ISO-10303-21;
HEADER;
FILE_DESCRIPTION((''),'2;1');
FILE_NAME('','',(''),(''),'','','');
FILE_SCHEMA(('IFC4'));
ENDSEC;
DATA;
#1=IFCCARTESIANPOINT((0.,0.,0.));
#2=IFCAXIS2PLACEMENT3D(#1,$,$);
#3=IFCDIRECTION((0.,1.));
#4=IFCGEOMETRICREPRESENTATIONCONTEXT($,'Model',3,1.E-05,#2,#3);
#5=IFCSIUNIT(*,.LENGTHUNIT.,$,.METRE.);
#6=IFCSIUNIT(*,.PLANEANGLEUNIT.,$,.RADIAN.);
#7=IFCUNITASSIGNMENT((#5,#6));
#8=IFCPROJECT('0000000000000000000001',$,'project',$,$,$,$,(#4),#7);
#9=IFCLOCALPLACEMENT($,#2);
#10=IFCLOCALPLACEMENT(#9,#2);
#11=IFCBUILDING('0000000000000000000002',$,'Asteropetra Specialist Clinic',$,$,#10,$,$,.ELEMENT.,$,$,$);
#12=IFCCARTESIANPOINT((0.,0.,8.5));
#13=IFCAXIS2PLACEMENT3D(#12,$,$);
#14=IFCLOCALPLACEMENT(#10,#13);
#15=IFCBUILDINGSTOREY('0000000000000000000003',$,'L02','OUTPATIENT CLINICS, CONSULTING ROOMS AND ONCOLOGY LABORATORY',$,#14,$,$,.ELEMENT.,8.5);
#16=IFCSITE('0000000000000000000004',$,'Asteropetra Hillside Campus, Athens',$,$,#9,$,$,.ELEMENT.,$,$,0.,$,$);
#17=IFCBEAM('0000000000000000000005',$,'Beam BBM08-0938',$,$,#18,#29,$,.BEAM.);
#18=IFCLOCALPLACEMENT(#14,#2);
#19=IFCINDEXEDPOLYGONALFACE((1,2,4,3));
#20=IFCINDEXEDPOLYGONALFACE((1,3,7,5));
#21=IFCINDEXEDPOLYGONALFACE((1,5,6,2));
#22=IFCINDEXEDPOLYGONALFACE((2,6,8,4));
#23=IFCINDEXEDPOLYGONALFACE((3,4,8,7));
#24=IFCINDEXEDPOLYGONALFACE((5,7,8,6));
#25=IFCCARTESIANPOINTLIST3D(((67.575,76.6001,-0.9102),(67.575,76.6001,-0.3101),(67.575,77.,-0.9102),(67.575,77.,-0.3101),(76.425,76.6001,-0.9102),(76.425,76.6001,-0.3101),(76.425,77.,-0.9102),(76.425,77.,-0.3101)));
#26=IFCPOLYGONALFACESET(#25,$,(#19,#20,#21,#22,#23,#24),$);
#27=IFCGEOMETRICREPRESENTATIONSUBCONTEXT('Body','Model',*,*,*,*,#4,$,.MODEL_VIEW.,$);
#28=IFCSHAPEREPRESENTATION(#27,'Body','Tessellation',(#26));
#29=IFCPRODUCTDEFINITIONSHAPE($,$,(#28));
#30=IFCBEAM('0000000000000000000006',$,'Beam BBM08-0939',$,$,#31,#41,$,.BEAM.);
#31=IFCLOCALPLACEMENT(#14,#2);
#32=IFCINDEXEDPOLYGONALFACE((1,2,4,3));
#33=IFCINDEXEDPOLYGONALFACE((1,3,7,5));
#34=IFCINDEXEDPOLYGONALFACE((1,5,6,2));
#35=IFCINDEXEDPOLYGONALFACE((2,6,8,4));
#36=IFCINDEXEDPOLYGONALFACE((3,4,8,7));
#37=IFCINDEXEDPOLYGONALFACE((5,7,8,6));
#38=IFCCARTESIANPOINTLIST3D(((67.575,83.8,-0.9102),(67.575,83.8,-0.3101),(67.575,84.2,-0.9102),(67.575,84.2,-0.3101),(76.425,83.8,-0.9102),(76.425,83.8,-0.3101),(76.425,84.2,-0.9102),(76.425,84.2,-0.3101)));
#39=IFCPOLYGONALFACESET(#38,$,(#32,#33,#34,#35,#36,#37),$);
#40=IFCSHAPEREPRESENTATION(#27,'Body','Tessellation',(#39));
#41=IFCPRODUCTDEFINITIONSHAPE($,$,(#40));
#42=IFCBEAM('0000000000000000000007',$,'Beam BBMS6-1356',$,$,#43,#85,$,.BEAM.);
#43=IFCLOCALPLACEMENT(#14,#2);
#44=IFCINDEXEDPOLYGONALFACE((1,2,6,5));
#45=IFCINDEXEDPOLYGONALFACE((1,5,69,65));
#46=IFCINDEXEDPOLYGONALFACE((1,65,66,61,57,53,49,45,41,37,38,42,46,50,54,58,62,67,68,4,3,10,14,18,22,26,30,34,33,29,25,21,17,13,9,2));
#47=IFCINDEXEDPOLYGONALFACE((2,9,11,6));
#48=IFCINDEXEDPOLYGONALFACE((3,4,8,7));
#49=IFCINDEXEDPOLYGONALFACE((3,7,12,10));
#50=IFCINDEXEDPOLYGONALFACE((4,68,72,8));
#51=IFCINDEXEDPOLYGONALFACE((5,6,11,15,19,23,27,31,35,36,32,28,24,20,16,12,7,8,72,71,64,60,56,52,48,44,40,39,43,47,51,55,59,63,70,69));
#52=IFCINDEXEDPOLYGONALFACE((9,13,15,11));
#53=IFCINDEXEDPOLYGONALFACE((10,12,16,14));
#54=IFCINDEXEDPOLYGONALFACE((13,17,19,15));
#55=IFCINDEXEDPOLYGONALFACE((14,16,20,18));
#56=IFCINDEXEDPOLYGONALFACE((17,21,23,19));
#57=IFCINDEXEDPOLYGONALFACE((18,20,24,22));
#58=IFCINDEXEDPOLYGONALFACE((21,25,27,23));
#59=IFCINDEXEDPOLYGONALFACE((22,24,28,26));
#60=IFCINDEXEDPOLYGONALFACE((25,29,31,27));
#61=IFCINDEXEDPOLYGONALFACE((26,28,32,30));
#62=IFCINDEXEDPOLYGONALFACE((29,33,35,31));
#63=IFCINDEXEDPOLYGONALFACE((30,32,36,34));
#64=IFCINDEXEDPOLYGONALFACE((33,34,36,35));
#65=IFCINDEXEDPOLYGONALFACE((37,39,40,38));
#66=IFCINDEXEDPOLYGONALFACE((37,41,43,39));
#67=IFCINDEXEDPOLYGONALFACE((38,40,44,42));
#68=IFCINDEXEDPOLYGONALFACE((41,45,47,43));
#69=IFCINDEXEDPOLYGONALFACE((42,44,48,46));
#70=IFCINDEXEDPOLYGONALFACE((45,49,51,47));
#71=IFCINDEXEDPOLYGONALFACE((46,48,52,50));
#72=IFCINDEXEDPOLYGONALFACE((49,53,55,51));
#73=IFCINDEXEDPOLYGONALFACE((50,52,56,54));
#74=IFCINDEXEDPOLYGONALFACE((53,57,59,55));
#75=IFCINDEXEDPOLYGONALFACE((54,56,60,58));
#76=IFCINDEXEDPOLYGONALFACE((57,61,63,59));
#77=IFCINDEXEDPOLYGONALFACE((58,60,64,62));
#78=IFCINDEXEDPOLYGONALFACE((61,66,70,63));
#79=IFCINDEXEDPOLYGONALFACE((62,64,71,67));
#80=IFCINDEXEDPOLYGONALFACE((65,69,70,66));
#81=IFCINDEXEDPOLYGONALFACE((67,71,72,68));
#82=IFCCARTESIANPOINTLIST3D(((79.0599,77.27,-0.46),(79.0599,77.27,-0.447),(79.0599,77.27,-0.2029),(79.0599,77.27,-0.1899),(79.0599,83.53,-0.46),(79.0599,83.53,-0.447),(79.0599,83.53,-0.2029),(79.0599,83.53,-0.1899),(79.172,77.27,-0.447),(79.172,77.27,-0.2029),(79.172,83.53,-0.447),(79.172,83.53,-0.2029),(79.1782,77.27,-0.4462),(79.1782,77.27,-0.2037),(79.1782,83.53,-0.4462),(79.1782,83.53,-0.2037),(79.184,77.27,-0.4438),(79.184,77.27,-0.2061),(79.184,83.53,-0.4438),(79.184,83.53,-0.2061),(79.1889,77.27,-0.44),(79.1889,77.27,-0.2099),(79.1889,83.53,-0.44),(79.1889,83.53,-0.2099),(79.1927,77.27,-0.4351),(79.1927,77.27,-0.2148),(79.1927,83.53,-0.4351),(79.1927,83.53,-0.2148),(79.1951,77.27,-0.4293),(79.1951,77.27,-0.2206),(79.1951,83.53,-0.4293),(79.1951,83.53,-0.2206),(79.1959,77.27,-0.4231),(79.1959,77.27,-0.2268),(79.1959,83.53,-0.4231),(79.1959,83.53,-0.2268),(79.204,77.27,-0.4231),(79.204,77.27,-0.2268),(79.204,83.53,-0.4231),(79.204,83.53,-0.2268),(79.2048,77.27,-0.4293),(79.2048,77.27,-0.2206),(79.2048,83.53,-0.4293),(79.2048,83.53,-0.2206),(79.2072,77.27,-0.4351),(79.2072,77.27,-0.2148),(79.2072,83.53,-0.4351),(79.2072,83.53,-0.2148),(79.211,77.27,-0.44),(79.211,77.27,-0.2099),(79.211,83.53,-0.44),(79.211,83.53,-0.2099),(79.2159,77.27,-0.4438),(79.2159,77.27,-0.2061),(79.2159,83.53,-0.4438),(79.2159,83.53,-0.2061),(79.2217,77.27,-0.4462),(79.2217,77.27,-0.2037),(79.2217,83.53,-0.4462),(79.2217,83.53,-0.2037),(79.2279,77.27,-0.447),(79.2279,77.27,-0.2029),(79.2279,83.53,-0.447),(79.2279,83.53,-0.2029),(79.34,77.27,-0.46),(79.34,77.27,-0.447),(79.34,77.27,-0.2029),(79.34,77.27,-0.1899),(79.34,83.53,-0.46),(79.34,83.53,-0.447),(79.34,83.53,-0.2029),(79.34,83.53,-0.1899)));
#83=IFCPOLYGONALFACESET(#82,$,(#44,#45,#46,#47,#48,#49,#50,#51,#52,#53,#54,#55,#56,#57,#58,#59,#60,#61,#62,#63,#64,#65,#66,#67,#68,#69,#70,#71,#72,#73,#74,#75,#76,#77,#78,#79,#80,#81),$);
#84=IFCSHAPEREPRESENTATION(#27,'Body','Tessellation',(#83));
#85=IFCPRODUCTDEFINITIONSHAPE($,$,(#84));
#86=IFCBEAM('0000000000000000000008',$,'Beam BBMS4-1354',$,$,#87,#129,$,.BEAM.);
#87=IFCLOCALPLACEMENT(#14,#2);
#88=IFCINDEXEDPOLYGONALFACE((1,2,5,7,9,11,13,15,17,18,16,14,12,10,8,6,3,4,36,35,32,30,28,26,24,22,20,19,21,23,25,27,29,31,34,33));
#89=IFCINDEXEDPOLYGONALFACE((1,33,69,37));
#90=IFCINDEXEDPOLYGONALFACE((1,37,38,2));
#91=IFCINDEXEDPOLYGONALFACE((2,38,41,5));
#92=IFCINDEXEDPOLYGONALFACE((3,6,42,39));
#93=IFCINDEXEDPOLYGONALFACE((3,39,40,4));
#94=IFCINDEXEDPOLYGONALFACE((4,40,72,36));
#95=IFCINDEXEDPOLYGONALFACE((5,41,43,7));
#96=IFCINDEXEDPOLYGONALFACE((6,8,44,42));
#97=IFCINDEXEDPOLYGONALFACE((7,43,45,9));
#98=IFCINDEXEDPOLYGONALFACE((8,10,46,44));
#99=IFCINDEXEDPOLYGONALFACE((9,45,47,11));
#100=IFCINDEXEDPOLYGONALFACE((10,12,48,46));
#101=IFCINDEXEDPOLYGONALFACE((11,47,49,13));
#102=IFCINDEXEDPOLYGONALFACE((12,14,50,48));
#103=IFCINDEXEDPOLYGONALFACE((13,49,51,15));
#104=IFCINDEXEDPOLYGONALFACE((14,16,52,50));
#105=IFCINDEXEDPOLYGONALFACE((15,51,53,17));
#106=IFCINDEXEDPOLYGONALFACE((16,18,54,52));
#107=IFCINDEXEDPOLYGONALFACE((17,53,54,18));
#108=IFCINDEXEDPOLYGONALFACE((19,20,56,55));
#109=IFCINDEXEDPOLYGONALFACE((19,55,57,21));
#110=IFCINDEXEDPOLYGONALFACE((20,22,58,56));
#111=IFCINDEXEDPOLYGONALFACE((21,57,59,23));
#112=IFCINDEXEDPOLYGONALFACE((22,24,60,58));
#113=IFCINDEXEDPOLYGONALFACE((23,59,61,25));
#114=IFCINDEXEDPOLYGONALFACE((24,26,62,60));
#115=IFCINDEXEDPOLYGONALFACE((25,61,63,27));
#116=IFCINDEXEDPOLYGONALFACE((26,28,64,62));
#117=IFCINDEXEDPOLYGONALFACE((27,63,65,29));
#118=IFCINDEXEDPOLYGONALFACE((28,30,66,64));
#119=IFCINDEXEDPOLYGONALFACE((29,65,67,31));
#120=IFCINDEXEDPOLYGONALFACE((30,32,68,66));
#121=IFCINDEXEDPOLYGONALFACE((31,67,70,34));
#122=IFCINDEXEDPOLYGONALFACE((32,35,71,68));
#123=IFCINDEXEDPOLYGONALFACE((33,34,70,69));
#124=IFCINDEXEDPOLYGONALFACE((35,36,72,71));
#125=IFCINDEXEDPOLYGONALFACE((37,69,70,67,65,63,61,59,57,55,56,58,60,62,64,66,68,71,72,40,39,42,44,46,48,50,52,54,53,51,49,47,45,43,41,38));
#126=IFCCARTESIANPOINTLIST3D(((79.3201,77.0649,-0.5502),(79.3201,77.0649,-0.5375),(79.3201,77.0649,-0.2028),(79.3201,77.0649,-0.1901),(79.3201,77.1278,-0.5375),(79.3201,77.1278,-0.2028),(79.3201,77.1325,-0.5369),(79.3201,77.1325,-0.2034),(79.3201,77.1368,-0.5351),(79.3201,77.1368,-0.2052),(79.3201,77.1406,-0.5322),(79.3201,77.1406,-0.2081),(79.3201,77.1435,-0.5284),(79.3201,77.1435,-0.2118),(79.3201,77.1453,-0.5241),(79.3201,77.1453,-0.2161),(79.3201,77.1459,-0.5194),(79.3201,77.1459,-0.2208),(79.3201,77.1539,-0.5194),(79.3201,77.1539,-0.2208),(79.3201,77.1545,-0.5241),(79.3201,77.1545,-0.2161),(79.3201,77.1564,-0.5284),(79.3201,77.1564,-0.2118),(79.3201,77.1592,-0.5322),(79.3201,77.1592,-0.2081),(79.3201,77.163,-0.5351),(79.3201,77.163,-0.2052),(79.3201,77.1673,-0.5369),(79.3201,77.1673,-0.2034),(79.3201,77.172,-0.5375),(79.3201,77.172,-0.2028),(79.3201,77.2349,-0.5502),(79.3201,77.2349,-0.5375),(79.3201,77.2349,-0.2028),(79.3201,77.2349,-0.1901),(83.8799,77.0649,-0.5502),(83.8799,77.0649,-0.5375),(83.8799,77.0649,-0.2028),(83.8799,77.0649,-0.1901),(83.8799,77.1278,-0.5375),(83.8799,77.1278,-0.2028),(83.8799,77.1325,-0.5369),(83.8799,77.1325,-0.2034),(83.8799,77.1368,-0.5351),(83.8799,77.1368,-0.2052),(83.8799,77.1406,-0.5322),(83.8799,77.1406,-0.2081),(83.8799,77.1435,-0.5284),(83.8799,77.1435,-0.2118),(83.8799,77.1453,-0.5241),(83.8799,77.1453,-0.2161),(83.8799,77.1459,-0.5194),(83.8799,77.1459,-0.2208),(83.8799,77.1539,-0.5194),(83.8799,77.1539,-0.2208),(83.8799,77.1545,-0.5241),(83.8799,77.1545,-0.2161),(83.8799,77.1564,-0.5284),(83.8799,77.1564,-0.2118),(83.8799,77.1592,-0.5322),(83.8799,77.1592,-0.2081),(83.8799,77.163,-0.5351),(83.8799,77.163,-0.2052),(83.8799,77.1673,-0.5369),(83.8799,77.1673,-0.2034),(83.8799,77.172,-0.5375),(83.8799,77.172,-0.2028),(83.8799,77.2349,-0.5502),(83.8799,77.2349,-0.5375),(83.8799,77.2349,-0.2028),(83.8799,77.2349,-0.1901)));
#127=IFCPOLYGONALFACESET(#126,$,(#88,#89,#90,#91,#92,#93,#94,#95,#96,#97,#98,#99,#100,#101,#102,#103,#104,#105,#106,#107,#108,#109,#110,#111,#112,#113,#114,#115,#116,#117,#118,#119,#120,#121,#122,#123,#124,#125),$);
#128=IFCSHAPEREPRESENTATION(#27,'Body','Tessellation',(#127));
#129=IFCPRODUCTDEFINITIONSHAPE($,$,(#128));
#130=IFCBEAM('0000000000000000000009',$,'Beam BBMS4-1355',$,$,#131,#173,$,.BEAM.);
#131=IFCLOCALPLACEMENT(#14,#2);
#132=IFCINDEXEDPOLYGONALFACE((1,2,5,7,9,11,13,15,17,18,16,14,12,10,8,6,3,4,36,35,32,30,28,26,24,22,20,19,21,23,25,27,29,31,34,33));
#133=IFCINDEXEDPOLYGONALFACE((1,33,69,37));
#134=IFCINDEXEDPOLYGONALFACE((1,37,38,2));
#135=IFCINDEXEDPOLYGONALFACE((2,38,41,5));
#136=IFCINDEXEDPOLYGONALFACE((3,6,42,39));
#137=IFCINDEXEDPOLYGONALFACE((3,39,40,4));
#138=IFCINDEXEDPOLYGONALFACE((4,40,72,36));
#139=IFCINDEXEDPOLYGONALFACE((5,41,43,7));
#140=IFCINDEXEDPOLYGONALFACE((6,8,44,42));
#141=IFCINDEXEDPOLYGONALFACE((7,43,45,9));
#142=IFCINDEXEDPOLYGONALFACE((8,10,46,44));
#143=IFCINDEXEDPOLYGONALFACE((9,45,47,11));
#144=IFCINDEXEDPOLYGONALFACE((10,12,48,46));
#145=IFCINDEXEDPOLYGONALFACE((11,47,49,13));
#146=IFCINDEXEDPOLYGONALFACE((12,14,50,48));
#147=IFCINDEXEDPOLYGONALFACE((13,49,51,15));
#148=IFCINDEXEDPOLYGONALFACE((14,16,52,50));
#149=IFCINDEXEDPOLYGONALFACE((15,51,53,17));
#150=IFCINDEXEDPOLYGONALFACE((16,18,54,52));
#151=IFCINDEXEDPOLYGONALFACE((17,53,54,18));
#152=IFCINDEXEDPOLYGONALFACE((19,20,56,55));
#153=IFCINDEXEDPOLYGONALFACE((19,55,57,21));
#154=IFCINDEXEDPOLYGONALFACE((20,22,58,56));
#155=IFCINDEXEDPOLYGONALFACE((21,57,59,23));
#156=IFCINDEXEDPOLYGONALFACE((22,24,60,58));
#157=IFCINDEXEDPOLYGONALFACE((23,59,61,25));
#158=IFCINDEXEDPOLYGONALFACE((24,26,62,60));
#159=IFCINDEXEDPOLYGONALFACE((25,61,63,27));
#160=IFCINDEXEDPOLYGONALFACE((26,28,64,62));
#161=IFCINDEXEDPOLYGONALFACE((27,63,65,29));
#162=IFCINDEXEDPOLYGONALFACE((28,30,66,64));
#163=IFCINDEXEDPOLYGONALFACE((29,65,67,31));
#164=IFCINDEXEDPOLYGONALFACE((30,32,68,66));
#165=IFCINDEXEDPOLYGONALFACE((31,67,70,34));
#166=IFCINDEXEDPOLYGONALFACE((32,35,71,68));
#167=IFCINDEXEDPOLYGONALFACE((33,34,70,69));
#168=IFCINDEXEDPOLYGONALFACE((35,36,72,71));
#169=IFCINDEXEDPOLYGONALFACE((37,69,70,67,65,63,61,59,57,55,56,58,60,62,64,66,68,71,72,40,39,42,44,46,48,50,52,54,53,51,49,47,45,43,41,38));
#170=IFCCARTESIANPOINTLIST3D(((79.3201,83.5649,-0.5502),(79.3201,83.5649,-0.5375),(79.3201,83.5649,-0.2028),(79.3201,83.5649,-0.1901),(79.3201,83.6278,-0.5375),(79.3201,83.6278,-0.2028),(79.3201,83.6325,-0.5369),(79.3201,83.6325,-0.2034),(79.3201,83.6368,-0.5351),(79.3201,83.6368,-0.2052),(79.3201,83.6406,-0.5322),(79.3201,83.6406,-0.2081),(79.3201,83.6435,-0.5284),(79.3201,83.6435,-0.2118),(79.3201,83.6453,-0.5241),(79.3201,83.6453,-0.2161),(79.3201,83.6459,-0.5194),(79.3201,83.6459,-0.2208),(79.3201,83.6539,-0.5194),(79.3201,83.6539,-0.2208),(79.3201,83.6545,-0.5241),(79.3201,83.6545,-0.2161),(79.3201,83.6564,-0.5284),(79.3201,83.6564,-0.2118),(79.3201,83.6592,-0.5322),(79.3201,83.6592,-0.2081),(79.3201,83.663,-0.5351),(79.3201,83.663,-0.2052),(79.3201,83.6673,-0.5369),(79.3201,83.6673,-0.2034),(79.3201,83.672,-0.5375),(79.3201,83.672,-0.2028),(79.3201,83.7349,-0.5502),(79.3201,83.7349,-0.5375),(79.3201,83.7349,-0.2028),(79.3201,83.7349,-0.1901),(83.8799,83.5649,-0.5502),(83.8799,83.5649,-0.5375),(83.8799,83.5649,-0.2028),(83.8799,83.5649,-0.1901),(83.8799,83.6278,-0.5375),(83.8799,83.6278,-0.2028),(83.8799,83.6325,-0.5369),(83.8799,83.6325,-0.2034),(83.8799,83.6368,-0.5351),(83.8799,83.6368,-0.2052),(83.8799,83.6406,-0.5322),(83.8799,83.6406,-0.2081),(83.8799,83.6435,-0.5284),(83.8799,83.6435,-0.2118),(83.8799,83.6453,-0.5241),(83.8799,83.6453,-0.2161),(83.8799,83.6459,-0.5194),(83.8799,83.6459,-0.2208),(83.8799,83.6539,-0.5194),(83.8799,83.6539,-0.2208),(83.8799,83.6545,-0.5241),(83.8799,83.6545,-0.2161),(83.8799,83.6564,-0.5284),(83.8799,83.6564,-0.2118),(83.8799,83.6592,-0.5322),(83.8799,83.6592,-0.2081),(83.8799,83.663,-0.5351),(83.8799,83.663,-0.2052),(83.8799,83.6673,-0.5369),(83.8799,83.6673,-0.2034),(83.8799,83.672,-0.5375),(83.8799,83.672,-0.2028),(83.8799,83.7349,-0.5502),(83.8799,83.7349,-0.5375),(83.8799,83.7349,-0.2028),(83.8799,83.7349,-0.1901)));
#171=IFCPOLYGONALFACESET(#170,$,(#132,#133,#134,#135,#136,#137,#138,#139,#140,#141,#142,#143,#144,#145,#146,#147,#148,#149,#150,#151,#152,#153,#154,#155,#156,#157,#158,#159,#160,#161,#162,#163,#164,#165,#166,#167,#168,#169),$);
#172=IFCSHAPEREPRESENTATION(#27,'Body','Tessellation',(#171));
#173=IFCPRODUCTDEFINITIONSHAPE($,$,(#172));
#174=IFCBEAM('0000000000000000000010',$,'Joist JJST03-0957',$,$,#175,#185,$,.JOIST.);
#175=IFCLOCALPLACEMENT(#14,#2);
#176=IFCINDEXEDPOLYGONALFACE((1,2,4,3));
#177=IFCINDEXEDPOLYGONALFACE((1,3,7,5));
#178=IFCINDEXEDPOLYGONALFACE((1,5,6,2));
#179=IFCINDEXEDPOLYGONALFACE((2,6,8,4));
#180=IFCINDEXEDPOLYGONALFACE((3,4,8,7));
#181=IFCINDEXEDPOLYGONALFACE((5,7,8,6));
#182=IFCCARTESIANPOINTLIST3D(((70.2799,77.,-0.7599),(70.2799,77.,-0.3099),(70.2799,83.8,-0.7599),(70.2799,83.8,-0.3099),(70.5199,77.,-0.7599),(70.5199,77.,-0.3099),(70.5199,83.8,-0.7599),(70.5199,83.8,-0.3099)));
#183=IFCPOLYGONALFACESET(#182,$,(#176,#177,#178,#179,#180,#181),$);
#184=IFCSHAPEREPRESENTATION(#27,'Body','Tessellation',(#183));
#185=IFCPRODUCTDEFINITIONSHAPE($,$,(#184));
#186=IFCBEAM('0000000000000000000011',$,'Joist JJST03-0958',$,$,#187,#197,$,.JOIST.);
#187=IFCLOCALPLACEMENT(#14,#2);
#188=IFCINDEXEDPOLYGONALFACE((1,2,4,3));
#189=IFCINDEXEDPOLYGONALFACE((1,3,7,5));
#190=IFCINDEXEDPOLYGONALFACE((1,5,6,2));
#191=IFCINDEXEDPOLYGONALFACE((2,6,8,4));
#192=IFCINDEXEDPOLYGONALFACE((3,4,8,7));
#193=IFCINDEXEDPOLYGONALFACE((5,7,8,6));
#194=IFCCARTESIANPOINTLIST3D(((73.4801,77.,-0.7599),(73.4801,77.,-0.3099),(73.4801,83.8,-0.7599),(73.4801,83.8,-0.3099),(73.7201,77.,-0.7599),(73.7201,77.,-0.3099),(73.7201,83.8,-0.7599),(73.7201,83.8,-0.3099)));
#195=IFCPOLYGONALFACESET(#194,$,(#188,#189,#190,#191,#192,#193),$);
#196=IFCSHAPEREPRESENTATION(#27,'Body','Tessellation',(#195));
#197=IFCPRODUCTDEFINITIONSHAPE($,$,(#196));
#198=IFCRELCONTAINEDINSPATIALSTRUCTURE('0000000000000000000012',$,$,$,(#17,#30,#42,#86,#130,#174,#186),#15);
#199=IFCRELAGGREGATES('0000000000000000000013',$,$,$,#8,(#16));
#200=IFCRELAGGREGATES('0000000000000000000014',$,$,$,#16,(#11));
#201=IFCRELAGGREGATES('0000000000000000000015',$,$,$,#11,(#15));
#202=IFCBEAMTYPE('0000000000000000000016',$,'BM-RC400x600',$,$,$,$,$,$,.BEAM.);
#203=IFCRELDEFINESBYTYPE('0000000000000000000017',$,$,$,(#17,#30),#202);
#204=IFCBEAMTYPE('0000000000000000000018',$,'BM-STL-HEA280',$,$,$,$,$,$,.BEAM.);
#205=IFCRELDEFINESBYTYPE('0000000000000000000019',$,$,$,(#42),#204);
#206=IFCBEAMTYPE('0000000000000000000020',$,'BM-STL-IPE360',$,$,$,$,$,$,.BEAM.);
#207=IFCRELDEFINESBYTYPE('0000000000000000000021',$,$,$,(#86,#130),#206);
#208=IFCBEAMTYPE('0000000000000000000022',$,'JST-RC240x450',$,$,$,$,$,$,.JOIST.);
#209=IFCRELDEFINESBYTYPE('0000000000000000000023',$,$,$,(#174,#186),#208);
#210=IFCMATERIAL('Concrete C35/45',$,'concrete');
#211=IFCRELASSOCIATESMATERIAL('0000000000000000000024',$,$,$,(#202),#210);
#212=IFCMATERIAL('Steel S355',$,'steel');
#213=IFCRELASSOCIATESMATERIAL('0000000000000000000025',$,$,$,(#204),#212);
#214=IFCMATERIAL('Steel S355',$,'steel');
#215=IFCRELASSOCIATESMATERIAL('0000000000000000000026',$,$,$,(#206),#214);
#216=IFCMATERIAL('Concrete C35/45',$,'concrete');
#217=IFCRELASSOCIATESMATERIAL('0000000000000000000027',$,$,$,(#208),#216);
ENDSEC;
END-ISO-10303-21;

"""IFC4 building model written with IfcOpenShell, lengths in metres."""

from ifc_helpers import new_model, si_unit, direction, frame, origin, origin_2d, place, context, subcontext, project, spatial, rectangle, i_section, extrude, material, material_profile, profile_set, type_object, element, save


model = new_model("IFC4")

# Units and contexts
model_context = context("Model", 3, precision=1e-05, world=origin(), true_north=direction((0.0, 1.0)))
body_context = subcontext(model_context, "Body", "Model", "MODEL_VIEW")
ifc_project = project(units=[si_unit("LENGTHUNIT", "METRE"), si_unit("PLANEANGLEUNIT", "RADIAN")], contexts=[model_context])

# Site, building, storey
site_placement = place(None, origin())
site = spatial("IfcSite", under=ifc_project, at=site_placement, Name="Asteropetra Hillside Campus, Athens", CompositionType="ELEMENT", RefElevation=0.0)
building_placement = place(site_placement, origin())
building = spatial("IfcBuilding", under=site, at=building_placement, Name="Asteropetra Specialist Clinic", CompositionType="ELEMENT")
storey_placement = place(building_placement, frame((0.0, 0.0, 8.5)))
storey = spatial("IfcBuildingStorey", under=building, at=storey_placement, Name="L02", Description="OUTPATIENT CLINICS, CONSULTING ROOMS AND ONCOLOGY LABORATORY", CompositionType="ELEMENT", Elevation=8.5)

# Beams
ifc_material_1 = material(Name="Concrete C35/45", Category="concrete")
ifc_material_profile_1 = material_profile(ifc_material_1, rectangle(XDim=0.3999, YDim=0.6001, at=origin_2d()), Name="RCB 400x600")
ifc_profile_set_1 = profile_set([ifc_material_profile_1], Name="Concrete C35/45")
beam_type_1 = type_object("IfcBeamType", Name="BM-RC400x600", PredefinedType="BEAM", material=ifc_profile_set_1)
for number, where, z_axis, x_axis, name in (
    (1, (67.575, 76.8, -0.6101), (1.0, 0.0, 0.0), (0.0, 1.0, 0.0), "Beam BBM08-0938"),
    (2, (67.575, 84.0, -0.6101), (1.0, 0.0, 0.0), (0.0, 1.0, 0.0), "Beam BBM08-0939"),
):
    element("IfcBeam", number, at=place(storey_placement, frame(where, z_axis=z_axis, x_axis=x_axis)), inside=storey, type_object=beam_type_1, Name=name, PredefinedType="BEAM", context=body_context, shape_type="SweptSolid", body=[
        extrude(rectangle(XDim=0.3999, YDim=0.6001, at=origin_2d()), origin(), (0.0, 0.0, 1.0), 8.8501),
    ])
ifc_material_2 = material(Name="Steel S355", Category="steel")
ifc_material_profile_2 = material_profile(ifc_material_2, i_section(OverallWidth=0.28, OverallDepth=0.27, WebThickness=0.0081, FlangeThickness=0.0129, FilletRadius=0.0239, at=origin_2d()), Name="HEA 280")
ifc_profile_set_2 = profile_set([ifc_material_profile_2], Name="Steel S355")
beam_type_2 = type_object("IfcBeamType", Name="BM-STL-HEA280", PredefinedType="BEAM", material=ifc_profile_set_2)
beam_1_placement = place(storey_placement, frame((79.2, 77.27, -0.325), z_axis=(0.0, 1.0, 0.0), x_axis=(-1.0, 0.0, 0.0)))
element("IfcBeam", 3, at=beam_1_placement, inside=storey, type_object=beam_type_2, Name="Beam BBMS6-1356", PredefinedType="BEAM", context=body_context, shape_type="SweptSolid", body=[
    extrude(i_section(OverallWidth=0.28, OverallDepth=0.27, WebThickness=0.0081, FlangeThickness=0.0129, FilletRadius=0.0239, at=origin_2d()), origin(), (0.0, 0.0, 1.0), 6.26),
])
ifc_material_3 = material(Name="Steel S355", Category="steel")
ifc_material_profile_3 = material_profile(ifc_material_3, i_section(OverallWidth=0.1699, OverallDepth=0.3601, WebThickness=0.0081, FlangeThickness=0.0127, FilletRadius=0.0181, at=origin_2d()), Name="IPE 360")
ifc_profile_set_3 = profile_set([ifc_material_profile_3], Name="Steel S355")
beam_type_3 = type_object("IfcBeamType", Name="BM-STL-IPE360", PredefinedType="BEAM", material=ifc_profile_set_3)
for number, where, z_axis, x_axis, name in (
    (4, (79.3201, 77.1499, -0.3701), (1.0, 0.0, 0.0), (0.0, 1.0, 0.0), "Beam BBMS4-1354"),
    (5, (79.3201, 83.6499, -0.3701), (1.0, 0.0, 0.0), (0.0, 1.0, 0.0), "Beam BBMS4-1355"),
):
    element("IfcBeam", number, at=place(storey_placement, frame(where, z_axis=z_axis, x_axis=x_axis)), inside=storey, type_object=beam_type_3, Name=name, PredefinedType="BEAM", context=body_context, shape_type="SweptSolid", body=[
        extrude(i_section(OverallWidth=0.1699, OverallDepth=0.3601, WebThickness=0.0081, FlangeThickness=0.0127, FilletRadius=0.0181, at=origin_2d()), origin(), (0.0, 0.0, 1.0), 4.5598),
    ])
ifc_material_4 = material(Name="Concrete C35/45", Category="concrete")
ifc_material_profile_4 = material_profile(ifc_material_4, rectangle(XDim=0.24, YDim=0.45, at=origin_2d()), Name="RCJ 240x450")
ifc_profile_set_4 = profile_set([ifc_material_profile_4], Name="Concrete C35/45")
beam_type_4 = type_object("IfcBeamType", Name="JST-RC240x450", PredefinedType="JOIST", material=ifc_profile_set_4)
for number, where, z_axis, x_axis, name in (
    (6, (70.3999, 77.0, -0.5349), (0.0, 1.0, 0.0), (-1.0, 0.0, 0.0), "Joist JJST03-0957"),
    (7, (73.6001, 77.0, -0.5349), (0.0, 1.0, 0.0), (-1.0, 0.0, 0.0), "Joist JJST03-0958"),
):
    element("IfcBeam", number, at=place(storey_placement, frame(where, z_axis=z_axis, x_axis=x_axis)), inside=storey, type_object=beam_type_4, Name=name, PredefinedType="JOIST", context=body_context, shape_type="SweptSolid", body=[
        extrude(rectangle(XDim=0.24, YDim=0.45, at=origin_2d()), origin(), (0.0, 0.0, 1.0), 6.8),
    ])

save(model, "model.ifc")
